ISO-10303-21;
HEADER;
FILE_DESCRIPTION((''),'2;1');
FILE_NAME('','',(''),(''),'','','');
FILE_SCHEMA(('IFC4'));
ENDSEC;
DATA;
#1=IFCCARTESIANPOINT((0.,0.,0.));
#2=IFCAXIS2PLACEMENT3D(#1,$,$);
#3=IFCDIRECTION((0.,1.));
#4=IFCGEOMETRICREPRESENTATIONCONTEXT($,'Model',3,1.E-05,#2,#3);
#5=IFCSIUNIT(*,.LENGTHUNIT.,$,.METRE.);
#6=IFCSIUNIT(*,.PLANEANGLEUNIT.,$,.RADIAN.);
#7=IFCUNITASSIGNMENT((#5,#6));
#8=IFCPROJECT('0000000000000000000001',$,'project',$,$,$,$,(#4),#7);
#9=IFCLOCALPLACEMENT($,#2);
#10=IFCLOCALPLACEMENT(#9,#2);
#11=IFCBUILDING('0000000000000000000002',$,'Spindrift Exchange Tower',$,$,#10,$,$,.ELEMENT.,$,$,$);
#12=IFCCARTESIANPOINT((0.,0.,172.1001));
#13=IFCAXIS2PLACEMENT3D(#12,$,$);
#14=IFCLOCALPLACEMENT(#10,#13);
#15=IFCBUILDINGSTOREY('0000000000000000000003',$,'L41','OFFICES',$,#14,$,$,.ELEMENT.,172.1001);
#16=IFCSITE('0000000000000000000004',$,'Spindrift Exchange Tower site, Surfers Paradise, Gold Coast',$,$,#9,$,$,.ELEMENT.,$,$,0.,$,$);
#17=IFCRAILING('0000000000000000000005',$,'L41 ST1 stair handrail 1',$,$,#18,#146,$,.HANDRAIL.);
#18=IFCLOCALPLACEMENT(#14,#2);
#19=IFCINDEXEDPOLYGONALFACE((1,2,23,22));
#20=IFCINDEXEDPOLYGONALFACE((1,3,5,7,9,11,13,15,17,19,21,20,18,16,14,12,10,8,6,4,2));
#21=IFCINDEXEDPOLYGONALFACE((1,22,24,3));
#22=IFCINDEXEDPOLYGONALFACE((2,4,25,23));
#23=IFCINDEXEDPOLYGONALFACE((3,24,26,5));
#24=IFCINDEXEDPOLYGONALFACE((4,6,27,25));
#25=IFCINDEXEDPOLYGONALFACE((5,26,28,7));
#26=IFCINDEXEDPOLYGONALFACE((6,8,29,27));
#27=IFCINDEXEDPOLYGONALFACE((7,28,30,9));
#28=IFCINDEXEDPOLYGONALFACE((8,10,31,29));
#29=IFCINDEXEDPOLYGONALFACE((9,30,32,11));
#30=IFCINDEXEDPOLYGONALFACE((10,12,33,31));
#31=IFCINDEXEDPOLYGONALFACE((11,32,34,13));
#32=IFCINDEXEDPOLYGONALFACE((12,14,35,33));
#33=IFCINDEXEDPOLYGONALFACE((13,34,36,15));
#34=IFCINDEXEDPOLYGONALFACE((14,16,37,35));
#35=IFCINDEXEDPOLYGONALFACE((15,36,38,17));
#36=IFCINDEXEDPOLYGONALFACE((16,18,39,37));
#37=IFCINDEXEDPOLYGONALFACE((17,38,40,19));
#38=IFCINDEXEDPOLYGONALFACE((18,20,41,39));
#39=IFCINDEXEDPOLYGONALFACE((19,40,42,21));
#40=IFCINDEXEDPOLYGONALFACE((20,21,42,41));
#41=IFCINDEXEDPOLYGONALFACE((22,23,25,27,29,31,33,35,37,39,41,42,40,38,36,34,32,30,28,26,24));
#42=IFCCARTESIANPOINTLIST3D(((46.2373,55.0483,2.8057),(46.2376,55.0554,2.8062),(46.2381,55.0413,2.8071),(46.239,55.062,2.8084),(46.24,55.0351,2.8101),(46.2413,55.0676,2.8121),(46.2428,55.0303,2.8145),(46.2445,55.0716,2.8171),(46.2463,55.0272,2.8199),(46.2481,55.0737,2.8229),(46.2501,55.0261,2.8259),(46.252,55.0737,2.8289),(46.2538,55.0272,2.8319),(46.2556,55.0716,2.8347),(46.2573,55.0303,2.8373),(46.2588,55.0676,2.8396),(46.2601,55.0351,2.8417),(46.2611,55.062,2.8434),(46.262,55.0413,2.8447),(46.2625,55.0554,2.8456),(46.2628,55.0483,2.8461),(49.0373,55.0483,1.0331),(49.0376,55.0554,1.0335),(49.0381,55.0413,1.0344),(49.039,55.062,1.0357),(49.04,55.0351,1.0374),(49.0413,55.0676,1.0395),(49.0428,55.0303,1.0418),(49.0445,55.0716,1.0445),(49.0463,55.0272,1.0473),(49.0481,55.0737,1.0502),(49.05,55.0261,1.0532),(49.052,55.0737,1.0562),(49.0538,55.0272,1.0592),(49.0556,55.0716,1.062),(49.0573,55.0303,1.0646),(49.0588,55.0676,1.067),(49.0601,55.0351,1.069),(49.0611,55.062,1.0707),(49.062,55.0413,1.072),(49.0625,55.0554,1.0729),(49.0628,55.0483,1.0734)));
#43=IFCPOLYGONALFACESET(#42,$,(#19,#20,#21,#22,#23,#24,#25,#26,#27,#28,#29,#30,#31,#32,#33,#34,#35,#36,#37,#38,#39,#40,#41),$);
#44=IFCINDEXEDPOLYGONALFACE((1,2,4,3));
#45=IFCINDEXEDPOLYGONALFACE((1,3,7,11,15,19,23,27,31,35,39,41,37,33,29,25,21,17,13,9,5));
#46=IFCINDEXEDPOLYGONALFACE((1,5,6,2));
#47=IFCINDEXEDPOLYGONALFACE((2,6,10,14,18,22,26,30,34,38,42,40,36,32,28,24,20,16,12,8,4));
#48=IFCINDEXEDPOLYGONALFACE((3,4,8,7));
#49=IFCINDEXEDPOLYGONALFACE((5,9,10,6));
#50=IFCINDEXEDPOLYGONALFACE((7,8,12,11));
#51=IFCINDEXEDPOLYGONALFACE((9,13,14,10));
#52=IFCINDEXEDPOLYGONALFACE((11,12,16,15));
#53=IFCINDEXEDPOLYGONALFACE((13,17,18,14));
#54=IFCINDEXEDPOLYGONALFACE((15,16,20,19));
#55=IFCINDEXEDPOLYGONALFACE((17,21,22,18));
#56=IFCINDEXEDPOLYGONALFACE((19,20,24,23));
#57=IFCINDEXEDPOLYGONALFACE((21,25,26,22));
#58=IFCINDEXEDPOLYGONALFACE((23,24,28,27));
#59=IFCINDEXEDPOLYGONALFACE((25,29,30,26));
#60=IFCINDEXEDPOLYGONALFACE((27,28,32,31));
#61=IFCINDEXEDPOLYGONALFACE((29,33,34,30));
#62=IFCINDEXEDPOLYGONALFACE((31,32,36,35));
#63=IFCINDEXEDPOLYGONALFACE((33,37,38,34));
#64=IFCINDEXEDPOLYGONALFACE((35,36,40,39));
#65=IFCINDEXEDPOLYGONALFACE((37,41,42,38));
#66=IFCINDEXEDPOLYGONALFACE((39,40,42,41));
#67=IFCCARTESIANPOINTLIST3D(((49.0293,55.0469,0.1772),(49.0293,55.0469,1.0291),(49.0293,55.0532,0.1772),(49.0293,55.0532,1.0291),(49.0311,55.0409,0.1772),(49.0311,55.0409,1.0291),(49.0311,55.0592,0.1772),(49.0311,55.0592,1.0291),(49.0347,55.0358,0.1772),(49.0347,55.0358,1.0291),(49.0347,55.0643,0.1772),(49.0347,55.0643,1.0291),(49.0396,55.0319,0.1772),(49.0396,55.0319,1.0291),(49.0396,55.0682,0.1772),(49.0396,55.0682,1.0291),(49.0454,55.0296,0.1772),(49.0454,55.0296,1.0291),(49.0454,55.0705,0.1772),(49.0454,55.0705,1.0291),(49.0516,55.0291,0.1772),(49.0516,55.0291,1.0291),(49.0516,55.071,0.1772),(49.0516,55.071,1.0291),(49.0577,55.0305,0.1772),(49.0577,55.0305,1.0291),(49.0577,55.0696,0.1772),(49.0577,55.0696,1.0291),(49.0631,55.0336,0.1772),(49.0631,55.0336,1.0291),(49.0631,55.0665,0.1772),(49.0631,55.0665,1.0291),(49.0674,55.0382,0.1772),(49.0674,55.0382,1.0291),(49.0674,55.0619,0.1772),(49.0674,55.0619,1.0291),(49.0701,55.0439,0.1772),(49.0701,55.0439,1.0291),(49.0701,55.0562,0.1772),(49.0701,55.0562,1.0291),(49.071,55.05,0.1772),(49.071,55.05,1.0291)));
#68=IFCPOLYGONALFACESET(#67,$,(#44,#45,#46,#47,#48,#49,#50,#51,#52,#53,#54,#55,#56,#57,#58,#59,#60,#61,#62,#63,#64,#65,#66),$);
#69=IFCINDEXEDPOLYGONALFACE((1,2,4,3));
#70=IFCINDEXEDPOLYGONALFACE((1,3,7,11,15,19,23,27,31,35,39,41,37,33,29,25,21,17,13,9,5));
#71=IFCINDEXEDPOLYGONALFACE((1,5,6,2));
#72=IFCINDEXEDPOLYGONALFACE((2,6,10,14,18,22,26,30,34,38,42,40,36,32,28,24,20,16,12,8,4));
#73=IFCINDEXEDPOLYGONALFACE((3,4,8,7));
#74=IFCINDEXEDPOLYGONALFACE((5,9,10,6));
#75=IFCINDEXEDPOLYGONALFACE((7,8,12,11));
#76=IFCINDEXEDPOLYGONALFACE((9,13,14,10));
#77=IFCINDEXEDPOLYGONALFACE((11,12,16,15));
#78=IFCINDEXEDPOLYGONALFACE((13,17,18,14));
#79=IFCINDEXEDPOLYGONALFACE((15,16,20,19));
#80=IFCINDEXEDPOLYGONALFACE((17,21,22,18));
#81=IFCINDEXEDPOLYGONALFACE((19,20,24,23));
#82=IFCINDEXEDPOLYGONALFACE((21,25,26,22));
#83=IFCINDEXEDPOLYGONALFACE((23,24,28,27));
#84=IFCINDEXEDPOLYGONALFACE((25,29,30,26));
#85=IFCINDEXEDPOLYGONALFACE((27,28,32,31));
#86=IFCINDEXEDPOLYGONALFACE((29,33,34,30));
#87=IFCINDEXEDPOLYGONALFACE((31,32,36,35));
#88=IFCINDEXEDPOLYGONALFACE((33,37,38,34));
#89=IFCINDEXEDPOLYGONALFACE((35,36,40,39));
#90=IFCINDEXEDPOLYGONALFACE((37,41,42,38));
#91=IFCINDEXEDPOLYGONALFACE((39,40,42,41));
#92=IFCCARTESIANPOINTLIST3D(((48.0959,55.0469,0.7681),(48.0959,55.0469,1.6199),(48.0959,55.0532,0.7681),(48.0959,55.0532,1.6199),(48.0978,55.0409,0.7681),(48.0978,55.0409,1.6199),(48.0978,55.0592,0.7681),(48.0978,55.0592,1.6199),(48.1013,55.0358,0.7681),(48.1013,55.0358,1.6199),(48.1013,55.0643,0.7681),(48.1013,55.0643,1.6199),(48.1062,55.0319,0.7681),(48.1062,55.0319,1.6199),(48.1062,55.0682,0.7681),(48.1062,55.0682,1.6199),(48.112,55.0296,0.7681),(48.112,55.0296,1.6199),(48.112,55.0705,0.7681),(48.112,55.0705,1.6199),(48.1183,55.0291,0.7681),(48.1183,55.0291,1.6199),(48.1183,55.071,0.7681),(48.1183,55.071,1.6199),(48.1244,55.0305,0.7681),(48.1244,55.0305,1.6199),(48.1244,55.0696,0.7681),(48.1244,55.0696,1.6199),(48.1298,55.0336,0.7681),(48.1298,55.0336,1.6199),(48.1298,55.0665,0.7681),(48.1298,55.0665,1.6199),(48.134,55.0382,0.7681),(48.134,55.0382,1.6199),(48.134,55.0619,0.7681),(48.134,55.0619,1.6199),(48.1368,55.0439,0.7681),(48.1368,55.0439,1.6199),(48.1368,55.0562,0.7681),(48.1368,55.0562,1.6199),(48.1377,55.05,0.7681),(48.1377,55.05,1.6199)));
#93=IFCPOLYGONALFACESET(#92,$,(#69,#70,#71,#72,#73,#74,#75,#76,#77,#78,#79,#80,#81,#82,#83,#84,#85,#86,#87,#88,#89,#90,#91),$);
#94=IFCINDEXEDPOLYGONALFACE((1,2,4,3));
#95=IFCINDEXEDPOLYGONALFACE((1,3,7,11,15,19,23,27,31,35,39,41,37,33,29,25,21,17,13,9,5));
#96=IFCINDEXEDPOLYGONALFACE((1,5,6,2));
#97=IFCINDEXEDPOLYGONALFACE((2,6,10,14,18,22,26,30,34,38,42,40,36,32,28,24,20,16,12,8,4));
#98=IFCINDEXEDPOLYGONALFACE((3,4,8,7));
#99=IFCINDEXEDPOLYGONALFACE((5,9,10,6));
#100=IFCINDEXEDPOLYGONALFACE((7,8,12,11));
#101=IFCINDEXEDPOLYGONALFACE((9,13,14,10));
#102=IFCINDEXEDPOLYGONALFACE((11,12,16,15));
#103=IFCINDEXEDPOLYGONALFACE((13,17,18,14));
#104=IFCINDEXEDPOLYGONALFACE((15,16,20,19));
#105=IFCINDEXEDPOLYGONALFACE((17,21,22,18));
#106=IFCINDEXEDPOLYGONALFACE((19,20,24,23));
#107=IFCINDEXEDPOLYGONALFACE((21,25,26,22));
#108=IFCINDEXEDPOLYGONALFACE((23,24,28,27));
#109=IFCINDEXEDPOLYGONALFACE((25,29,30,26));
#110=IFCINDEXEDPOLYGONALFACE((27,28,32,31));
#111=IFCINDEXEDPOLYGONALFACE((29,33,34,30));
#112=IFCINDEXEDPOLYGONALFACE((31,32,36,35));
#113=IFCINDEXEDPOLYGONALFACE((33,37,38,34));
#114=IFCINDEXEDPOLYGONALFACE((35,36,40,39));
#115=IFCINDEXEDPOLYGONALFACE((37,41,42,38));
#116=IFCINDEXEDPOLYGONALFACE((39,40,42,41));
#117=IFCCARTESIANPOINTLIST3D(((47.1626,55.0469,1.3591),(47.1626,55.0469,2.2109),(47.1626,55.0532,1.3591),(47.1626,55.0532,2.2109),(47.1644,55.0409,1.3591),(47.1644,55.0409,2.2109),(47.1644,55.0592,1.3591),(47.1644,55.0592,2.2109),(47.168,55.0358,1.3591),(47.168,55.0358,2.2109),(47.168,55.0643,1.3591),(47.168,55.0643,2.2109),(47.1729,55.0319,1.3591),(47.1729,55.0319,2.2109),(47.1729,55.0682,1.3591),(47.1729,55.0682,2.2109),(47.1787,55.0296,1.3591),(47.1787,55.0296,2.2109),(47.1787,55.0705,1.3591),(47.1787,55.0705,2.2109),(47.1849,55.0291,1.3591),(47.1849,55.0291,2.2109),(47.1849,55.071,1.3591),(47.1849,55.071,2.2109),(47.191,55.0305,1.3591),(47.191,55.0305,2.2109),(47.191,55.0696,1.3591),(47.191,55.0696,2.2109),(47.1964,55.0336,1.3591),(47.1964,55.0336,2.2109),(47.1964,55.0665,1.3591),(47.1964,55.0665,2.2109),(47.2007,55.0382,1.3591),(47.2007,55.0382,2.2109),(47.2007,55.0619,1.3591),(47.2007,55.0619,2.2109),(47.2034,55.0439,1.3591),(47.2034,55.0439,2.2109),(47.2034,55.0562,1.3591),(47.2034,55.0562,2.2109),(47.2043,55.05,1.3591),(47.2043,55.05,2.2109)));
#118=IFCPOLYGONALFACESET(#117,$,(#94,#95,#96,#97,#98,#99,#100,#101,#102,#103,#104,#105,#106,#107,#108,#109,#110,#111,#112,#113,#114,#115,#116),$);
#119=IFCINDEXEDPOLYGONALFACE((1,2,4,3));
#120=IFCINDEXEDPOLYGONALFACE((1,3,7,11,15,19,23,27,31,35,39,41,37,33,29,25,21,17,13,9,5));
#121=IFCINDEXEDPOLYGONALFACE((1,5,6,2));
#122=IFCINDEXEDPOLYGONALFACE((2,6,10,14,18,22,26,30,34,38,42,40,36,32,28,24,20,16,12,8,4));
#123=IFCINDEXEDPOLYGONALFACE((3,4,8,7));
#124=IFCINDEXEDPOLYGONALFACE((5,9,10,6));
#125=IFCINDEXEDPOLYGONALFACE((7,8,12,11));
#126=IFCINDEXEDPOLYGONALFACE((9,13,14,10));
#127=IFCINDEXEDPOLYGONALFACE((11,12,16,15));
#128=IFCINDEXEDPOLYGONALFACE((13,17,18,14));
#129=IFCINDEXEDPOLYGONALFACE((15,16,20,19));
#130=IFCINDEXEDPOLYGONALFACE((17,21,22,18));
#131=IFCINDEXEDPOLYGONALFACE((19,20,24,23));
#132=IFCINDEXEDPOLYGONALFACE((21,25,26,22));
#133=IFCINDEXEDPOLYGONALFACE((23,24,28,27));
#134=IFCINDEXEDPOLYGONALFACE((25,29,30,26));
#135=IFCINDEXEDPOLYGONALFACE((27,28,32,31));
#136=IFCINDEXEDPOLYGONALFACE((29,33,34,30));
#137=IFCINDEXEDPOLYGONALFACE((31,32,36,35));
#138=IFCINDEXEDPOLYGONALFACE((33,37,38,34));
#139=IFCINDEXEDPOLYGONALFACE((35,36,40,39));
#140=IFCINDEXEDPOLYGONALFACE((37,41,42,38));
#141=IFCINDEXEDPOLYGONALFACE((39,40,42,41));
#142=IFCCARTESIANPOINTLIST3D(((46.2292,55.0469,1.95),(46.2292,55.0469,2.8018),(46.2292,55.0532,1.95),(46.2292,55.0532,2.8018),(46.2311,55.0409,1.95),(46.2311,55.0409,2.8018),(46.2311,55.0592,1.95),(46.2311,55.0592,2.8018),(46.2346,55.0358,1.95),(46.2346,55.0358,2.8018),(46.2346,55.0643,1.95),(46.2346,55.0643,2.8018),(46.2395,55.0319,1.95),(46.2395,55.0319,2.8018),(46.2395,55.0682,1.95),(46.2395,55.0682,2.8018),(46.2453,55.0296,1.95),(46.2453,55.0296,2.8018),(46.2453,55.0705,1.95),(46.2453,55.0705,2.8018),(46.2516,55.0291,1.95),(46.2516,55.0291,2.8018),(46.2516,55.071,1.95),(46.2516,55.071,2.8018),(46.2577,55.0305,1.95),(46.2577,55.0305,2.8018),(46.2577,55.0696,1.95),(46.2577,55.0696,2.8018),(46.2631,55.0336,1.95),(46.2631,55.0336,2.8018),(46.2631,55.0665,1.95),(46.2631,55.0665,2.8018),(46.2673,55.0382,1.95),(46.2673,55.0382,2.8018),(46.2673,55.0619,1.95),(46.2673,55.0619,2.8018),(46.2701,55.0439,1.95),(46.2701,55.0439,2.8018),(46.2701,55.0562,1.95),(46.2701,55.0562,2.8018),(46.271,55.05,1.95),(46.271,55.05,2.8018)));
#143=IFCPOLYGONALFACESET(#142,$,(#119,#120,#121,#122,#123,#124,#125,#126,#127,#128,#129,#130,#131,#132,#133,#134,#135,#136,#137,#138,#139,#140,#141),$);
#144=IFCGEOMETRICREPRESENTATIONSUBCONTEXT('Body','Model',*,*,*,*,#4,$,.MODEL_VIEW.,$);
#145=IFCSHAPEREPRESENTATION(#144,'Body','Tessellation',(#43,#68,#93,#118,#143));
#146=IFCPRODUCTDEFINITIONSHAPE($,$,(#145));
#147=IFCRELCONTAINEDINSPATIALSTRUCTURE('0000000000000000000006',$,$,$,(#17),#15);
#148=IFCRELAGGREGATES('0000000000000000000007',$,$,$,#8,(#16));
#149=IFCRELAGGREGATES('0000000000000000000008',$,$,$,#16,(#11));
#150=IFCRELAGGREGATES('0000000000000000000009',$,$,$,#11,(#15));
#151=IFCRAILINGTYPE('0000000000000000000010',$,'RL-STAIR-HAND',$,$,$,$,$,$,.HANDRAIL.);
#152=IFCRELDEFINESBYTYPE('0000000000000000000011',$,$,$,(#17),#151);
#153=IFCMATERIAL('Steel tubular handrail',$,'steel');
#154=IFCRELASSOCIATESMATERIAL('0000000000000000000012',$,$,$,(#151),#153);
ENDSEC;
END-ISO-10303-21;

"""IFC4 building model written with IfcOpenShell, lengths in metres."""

from ifc_helpers import new_model, si_unit, direction, frame, origin, origin_2d, place, context, subcontext, project, spatial, circle, extrude, material, type_object, element, save


model = new_model("IFC4")

# Units and contexts
model_context = context("Model", 3, precision=1e-05, world=origin(), true_north=direction((0.0, 1.0)))
body_context = subcontext(model_context, "Body", "Model", "MODEL_VIEW")
ifc_project = project(units=[si_unit("LENGTHUNIT", "METRE"), si_unit("PLANEANGLEUNIT", "RADIAN")], contexts=[model_context])

# Site, building, storey
site_placement = place(None, origin())
site = spatial("IfcSite", under=ifc_project, at=site_placement, Name="Spindrift Exchange Tower site, Surfers Paradise, Gold Coast", CompositionType="ELEMENT", RefElevation=0.0)
building_placement = place(site_placement, origin())
building = spatial("IfcBuilding", under=site, at=building_placement, Name="Spindrift Exchange Tower", CompositionType="ELEMENT")
storey_placement = place(building_placement, frame((0.0, 0.0, 172.1001)))
storey = spatial("IfcBuildingStorey", under=building, at=storey_placement, Name="L41", Description="OFFICES", CompositionType="ELEMENT", Elevation=172.1001)

# Railing
ifc_material_1 = material(Name="Steel tubular handrail", Category="steel")
railing_type_1 = type_object("IfcRailingType", Name="RL-STAIR-HAND", PredefinedType="HANDRAIL", material=ifc_material_1)
railing_1_placement = place(storey_placement, frame((49.05, 55.05, 0.1772)))
element("IfcRailing", 1, at=railing_1_placement, inside=storey, type_object=railing_type_1, Name="L41 ST1 stair handrail 1", PredefinedType="HANDRAIL", context=body_context, shape_type="SweptSolid", body=[
    extrude(circle(Radius=0.0239, at=origin_2d()), frame((0.0, 0.0, 0.876), z_axis=(-0.844909, 0.0, 0.53491), x_axis=(0.0, -1.0, 0.0)), (0.0, 0.0, 1.0), 3.314),
    extrude(circle(Radius=0.021, at=origin_2d()), origin(), (0.0, 0.0, 1.0), 0.8518),
    extrude(circle(Radius=0.021, at=origin_2d()), frame((-0.9333, 0.0, 0.5908)), (0.0, 0.0, 1.0), 0.8518),
    extrude(circle(Radius=0.021, at=origin_2d()), frame((-1.8667, 0.0, 1.1819)), (0.0, 0.0, 1.0), 0.8518),
    extrude(circle(Radius=0.021, at=origin_2d()), frame((-2.8, 0.0, 1.7727)), (0.0, 0.0, 1.0), 0.8518),
])

save(model, "model.ifc")
